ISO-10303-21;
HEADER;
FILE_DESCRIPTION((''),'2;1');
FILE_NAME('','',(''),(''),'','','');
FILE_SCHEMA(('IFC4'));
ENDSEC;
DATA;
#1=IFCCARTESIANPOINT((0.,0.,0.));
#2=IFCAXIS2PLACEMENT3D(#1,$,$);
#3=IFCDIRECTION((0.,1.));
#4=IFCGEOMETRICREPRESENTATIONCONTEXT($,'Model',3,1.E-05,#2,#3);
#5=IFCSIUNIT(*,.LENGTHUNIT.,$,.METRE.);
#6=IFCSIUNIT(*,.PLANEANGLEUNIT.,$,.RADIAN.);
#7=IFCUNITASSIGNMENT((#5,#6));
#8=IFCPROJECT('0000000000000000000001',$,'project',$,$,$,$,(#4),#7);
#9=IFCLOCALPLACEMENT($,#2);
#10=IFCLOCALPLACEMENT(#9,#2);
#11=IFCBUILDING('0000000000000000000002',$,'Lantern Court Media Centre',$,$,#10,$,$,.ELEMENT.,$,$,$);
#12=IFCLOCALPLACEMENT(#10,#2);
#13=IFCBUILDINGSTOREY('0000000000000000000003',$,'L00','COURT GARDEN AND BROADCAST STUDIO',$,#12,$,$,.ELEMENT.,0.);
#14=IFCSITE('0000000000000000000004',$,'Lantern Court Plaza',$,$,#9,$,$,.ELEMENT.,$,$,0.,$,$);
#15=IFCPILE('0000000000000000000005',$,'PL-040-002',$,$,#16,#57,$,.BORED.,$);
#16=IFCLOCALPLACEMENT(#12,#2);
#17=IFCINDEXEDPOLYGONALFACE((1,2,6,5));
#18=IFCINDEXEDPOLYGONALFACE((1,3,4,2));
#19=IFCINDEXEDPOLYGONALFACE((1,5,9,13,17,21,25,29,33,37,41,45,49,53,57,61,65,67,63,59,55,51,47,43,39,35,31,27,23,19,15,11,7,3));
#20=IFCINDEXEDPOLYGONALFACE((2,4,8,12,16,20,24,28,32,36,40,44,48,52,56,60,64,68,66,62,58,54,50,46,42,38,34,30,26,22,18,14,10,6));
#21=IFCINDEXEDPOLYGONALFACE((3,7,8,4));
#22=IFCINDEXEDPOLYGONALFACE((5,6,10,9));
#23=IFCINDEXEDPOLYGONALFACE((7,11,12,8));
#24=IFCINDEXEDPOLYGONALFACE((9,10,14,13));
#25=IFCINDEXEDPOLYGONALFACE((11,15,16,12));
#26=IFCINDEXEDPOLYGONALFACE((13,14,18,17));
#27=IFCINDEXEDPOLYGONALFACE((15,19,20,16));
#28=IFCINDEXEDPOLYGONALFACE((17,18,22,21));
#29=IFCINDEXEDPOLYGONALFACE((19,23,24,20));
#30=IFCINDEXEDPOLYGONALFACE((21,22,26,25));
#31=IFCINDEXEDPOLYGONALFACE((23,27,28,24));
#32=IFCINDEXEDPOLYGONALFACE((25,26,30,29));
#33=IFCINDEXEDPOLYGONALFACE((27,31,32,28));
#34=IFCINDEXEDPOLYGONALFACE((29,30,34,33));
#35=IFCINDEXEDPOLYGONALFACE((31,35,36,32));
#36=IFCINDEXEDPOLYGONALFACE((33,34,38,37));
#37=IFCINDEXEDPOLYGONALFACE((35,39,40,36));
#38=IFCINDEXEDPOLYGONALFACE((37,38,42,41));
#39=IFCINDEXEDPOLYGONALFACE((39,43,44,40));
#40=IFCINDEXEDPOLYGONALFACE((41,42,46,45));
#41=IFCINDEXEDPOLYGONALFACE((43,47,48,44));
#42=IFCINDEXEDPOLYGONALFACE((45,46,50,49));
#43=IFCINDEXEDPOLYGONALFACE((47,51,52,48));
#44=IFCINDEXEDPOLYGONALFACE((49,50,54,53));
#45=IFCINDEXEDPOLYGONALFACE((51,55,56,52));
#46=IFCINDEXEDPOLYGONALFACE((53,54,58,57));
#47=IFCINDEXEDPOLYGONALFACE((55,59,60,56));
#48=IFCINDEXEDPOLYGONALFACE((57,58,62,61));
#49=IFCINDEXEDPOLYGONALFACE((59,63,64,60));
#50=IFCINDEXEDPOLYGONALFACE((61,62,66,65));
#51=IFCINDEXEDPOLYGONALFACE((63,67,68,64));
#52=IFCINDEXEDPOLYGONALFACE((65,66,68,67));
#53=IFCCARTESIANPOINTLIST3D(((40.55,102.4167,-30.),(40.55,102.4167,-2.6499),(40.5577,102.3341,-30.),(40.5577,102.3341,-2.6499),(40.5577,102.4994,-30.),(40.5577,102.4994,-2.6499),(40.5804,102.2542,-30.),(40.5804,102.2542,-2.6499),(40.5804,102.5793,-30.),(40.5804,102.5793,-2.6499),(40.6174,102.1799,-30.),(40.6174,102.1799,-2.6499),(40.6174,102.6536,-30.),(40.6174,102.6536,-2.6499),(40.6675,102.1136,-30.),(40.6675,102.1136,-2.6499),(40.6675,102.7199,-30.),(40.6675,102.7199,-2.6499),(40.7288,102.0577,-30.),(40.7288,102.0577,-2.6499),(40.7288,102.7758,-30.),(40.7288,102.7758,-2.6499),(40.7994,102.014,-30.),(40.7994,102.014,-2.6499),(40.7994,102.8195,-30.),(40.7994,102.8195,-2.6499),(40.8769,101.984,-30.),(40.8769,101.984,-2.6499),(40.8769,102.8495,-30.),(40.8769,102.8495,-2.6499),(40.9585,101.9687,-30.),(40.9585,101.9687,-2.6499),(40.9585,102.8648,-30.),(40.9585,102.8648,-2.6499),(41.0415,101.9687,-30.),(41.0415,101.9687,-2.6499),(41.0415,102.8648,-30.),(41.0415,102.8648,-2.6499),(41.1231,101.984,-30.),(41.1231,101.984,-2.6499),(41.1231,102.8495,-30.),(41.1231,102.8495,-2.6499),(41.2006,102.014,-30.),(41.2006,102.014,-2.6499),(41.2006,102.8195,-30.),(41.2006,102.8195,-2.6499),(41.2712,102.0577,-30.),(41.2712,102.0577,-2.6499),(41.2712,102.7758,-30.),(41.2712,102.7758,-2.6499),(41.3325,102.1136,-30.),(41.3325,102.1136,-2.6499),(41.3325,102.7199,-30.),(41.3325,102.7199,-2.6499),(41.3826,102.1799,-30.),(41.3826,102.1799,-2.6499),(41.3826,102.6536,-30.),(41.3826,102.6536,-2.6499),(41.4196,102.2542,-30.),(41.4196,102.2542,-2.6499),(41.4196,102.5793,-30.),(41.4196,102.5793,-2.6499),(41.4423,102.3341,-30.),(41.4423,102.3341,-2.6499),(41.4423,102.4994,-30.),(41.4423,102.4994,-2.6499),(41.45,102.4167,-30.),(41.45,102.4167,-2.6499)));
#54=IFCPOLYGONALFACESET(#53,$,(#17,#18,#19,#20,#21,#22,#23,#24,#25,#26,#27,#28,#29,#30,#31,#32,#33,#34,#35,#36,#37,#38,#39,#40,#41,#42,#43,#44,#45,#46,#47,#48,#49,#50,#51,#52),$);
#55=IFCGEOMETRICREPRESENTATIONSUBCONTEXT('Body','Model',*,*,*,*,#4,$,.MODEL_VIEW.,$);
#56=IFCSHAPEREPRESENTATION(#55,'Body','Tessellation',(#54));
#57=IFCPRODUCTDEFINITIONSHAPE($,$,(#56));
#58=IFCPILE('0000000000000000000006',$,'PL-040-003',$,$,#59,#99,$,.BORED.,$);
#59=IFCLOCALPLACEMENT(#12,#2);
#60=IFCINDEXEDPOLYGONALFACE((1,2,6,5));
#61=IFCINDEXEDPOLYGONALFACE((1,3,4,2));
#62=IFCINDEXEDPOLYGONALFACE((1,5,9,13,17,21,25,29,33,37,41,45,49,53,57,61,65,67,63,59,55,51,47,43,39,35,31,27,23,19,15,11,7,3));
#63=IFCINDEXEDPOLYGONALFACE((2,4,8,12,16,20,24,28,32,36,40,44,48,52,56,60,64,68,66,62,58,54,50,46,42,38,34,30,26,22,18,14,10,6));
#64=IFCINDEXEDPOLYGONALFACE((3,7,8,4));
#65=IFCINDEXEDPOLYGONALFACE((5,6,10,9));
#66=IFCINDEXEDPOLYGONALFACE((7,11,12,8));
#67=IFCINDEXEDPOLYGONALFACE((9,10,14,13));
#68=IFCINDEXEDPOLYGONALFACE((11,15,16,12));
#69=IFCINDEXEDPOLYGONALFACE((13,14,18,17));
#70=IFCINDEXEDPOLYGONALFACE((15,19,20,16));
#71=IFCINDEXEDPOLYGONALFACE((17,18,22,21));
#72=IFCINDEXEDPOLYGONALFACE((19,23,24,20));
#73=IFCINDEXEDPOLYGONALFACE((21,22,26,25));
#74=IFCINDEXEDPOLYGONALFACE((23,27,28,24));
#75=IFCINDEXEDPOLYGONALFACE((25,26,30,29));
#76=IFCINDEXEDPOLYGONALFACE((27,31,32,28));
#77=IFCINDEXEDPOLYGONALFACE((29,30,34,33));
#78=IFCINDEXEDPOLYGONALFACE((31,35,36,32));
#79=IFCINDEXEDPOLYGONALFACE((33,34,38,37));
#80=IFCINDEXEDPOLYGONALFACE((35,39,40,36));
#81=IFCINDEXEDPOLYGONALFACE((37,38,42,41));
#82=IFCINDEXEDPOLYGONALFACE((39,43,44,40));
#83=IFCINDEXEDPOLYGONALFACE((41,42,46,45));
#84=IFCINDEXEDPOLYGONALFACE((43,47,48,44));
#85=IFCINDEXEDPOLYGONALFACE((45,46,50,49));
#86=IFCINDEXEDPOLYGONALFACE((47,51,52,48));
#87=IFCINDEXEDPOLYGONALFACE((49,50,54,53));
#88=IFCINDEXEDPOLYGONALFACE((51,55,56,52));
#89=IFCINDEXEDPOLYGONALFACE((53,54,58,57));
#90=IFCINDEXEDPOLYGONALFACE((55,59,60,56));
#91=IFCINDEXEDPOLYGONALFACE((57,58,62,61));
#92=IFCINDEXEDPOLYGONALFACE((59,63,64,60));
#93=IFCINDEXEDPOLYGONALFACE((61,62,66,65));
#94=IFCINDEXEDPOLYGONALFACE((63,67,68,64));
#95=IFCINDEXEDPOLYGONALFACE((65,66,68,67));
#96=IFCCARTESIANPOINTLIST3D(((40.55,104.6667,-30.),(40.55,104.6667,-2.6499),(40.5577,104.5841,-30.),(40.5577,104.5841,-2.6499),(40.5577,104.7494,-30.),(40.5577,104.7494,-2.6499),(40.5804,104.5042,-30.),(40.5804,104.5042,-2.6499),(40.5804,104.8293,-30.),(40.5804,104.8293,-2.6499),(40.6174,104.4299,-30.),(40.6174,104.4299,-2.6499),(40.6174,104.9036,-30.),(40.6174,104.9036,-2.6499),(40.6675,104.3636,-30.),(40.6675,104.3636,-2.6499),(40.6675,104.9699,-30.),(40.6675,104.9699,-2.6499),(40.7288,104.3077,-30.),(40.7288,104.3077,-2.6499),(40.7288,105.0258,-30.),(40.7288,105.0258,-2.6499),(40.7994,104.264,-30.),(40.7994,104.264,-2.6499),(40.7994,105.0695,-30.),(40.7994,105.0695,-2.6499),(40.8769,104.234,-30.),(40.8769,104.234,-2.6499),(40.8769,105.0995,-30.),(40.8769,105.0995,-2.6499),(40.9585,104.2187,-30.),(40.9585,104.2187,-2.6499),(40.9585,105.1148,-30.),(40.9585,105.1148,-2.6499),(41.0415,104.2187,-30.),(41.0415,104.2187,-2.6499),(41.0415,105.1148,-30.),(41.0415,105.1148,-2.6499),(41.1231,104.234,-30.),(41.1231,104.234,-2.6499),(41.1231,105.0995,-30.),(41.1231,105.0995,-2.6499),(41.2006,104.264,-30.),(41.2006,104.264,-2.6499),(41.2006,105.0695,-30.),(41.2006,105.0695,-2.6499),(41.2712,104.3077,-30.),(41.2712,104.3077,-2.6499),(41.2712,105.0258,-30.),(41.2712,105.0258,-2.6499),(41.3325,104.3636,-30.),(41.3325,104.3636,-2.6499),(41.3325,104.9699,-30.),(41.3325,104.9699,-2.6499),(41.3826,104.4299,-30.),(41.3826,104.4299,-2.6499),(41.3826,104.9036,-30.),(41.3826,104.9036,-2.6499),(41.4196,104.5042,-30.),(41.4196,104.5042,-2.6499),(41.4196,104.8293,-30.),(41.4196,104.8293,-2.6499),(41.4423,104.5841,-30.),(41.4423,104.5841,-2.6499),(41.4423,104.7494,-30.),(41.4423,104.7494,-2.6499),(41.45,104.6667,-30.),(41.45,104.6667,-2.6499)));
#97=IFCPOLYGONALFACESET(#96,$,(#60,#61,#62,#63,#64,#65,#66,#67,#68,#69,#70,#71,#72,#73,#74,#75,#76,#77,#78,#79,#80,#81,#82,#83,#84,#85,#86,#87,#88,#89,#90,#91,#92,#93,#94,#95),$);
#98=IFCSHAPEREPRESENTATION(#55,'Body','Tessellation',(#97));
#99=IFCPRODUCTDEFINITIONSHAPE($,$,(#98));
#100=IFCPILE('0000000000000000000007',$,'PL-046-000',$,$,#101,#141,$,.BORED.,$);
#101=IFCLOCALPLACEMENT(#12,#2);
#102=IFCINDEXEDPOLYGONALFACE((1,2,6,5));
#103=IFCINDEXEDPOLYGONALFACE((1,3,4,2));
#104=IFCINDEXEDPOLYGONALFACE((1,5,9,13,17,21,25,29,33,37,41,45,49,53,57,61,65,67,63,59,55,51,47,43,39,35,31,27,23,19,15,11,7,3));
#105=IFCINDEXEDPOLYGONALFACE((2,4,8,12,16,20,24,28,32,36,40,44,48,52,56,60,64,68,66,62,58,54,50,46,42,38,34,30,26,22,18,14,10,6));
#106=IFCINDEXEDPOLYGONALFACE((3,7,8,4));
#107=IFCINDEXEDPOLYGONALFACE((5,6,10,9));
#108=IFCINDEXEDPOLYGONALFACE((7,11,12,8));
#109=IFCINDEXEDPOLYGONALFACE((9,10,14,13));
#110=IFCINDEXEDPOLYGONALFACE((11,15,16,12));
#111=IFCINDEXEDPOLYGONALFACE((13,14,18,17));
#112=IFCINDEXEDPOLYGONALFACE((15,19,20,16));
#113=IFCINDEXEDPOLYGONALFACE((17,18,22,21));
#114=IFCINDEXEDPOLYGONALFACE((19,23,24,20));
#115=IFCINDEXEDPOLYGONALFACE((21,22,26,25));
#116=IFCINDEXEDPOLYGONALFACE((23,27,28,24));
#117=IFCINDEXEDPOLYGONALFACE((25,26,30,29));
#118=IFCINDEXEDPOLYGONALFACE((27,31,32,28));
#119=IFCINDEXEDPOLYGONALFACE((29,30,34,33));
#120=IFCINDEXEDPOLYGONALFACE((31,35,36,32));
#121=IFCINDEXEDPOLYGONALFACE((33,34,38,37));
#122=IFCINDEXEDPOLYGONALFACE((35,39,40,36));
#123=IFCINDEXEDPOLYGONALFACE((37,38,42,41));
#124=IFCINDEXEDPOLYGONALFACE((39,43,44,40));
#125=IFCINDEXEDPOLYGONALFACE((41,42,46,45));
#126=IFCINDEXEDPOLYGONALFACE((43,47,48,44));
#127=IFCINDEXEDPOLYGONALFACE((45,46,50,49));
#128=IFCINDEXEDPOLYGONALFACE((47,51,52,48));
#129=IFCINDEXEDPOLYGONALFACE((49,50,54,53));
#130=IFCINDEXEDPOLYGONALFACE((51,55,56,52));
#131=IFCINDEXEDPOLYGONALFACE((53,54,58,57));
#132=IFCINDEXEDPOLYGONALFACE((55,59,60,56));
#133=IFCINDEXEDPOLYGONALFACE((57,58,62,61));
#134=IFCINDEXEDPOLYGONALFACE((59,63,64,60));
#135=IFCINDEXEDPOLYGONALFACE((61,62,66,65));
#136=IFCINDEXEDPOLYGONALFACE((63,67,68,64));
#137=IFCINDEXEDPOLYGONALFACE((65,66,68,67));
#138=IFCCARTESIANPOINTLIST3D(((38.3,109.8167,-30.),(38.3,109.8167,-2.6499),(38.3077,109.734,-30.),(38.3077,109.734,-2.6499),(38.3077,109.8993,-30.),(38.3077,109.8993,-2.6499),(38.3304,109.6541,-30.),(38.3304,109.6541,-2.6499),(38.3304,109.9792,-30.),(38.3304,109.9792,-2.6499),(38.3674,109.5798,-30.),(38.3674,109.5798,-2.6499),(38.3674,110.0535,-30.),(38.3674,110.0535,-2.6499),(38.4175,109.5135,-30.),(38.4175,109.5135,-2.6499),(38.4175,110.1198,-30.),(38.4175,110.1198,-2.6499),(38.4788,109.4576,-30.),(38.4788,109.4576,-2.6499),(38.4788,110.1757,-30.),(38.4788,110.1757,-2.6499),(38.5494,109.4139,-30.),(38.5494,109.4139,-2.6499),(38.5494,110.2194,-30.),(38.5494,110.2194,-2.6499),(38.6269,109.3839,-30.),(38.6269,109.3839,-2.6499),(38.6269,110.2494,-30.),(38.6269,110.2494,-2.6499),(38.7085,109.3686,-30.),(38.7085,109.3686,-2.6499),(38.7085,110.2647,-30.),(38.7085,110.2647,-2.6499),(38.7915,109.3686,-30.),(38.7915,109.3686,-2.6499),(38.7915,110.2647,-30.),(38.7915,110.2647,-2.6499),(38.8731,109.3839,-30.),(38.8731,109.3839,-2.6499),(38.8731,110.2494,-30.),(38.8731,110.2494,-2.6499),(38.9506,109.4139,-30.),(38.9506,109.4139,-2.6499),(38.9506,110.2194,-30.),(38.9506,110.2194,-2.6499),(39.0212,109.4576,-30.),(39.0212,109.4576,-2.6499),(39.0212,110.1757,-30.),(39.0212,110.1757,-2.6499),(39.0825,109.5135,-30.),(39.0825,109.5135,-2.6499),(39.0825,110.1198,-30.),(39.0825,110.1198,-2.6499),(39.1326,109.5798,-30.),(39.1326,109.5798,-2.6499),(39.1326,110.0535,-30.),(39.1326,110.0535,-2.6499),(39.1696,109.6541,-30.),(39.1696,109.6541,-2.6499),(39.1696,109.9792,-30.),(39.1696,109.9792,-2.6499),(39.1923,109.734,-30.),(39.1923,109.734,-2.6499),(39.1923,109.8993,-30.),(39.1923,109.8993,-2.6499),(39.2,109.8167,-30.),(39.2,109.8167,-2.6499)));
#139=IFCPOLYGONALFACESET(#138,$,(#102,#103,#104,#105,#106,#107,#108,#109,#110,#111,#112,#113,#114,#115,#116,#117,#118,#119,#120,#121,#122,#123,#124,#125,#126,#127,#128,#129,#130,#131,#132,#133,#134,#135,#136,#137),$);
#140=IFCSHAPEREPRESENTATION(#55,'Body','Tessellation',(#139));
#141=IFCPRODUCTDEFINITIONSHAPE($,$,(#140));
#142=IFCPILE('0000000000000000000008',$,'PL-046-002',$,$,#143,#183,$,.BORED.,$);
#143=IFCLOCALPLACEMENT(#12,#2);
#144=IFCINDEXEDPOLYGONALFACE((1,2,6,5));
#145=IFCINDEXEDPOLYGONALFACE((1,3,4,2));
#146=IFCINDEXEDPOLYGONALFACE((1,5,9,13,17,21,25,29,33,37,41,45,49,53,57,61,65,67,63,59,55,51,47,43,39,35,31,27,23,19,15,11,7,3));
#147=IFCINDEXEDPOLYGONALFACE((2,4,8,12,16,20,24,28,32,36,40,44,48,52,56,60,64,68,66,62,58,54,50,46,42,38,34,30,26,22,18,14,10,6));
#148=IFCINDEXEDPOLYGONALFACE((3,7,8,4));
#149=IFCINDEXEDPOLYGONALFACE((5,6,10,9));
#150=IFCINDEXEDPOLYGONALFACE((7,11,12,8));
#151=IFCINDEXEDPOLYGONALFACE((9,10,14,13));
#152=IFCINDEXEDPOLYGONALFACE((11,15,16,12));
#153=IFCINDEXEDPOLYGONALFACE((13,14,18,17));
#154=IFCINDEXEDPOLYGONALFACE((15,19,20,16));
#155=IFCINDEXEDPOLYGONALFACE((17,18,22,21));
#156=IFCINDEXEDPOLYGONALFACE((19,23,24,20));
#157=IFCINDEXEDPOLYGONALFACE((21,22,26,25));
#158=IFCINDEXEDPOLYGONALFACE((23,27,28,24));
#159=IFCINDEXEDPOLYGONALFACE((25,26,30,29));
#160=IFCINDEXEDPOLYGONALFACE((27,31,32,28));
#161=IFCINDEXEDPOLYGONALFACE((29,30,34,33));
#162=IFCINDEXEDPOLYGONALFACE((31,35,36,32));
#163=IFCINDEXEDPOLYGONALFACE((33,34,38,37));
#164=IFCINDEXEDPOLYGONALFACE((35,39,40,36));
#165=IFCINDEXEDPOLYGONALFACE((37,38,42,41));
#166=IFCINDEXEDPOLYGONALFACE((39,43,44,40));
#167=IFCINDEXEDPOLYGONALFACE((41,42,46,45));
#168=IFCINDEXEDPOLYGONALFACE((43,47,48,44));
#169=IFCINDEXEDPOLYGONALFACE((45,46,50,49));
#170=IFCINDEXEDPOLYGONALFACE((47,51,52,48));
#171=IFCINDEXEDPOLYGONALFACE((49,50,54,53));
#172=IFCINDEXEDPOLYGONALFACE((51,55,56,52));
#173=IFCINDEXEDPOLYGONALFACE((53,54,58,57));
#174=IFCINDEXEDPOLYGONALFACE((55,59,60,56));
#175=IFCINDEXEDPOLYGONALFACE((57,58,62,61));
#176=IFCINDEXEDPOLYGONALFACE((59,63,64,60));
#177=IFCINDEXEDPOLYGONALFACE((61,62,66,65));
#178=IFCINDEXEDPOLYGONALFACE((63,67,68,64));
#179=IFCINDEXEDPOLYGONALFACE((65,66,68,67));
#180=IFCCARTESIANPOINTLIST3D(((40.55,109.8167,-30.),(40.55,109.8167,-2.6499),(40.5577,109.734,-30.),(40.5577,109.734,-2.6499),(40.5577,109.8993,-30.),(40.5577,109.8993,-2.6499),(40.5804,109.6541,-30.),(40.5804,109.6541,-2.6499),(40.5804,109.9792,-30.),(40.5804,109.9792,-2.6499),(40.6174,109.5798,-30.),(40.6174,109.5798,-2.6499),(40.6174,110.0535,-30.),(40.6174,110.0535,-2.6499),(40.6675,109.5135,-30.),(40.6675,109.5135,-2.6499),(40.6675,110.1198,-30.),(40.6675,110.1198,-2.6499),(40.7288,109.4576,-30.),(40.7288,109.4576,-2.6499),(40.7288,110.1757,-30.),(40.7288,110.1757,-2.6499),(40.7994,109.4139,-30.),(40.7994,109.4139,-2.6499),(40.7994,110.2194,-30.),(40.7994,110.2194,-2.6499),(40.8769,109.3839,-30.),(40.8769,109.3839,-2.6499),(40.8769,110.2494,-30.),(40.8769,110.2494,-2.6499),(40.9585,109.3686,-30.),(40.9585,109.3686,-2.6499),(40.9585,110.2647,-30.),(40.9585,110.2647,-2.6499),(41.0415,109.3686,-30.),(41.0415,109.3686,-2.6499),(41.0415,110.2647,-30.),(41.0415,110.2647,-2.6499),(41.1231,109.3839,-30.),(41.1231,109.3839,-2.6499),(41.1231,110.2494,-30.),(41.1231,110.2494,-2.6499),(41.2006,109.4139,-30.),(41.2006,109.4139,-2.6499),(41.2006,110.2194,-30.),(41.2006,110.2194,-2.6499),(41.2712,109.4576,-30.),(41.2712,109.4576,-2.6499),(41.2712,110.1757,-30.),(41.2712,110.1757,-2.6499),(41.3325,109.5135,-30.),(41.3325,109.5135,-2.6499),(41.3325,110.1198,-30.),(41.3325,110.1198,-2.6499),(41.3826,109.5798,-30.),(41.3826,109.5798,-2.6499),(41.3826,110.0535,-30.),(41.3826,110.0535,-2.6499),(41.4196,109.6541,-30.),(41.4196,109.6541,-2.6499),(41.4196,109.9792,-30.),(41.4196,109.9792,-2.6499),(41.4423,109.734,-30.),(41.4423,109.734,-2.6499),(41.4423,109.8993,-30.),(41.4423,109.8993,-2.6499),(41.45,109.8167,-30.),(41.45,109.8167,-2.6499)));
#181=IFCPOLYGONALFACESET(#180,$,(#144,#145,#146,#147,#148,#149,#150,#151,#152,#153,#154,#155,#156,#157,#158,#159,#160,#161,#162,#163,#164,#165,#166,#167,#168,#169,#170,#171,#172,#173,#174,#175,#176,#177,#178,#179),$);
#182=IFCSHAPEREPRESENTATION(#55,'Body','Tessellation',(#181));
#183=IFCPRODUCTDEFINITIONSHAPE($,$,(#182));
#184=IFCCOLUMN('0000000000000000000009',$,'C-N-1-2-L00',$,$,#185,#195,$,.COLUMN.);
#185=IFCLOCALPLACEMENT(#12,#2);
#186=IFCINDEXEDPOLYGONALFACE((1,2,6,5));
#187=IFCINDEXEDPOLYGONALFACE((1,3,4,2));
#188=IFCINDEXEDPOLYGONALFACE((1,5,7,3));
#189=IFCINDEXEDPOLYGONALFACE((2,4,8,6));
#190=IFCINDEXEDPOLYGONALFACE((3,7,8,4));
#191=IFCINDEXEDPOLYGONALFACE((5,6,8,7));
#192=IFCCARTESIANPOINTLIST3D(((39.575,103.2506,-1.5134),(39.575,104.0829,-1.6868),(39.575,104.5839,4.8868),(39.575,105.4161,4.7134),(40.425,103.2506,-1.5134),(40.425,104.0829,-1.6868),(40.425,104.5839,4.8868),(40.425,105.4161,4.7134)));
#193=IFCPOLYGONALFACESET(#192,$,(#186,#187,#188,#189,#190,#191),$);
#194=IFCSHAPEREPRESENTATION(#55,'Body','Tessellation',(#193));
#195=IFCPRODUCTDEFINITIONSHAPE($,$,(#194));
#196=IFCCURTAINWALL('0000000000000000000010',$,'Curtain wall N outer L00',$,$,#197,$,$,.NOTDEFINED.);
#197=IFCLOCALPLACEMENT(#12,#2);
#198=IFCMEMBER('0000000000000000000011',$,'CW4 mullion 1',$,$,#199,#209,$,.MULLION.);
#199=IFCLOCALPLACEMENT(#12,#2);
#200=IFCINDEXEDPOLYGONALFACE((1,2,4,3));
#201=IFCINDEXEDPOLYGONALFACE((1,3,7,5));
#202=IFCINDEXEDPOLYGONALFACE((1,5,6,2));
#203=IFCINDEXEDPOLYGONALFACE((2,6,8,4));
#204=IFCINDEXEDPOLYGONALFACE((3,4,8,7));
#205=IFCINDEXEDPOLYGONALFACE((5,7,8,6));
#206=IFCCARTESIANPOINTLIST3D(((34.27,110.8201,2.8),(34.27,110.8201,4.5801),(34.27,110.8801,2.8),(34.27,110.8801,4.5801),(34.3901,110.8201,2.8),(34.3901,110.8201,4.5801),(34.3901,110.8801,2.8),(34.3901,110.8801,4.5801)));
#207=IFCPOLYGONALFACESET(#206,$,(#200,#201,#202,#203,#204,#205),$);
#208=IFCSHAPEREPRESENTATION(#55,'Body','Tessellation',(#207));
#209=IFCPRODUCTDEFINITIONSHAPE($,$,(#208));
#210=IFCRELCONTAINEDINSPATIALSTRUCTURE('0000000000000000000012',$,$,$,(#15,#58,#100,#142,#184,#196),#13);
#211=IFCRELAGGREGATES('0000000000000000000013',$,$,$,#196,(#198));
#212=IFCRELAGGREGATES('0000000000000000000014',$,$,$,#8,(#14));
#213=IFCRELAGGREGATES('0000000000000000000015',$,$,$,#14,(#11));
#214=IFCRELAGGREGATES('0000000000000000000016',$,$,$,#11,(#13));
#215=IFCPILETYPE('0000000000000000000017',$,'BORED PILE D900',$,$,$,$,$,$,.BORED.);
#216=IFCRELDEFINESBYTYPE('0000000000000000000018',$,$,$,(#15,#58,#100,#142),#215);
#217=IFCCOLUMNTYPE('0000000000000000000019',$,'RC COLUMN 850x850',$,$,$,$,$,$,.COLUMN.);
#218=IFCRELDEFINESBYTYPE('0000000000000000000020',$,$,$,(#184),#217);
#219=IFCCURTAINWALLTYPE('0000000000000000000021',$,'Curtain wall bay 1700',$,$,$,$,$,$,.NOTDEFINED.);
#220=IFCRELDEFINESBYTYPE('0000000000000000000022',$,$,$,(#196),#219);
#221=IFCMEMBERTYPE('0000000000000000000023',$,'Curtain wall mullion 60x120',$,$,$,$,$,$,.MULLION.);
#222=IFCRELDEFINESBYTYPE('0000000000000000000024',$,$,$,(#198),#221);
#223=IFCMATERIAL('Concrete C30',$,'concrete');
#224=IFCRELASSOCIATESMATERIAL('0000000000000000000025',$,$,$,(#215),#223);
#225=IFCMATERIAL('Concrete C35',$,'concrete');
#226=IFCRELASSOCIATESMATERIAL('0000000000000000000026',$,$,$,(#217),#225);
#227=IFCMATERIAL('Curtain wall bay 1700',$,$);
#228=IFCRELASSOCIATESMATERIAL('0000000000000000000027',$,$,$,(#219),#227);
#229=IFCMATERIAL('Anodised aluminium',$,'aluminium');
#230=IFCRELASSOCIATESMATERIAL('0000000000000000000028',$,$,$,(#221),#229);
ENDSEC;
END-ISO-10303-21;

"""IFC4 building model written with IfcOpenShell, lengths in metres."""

from ifc_helpers import new_model, si_unit, direction, frame, origin, origin_2d, place, context, subcontext, project, spatial, rectangle, circle, extrude, material, material_profile, profile_set, type_object, element, aggregate, save


model = new_model("IFC4")

# Units and contexts
model_context = context("Model", 3, precision=1e-05, world=origin(), true_north=direction((0.0, 1.0)))
body_context = subcontext(model_context, "Body", "Model", "MODEL_VIEW")
ifc_project = project(units=[si_unit("LENGTHUNIT", "METRE"), si_unit("PLANEANGLEUNIT", "RADIAN")], contexts=[model_context])

# Site, building, storey
site_placement = place(None, origin())
site = spatial("IfcSite", under=ifc_project, at=site_placement, Name="Lantern Court Plaza", CompositionType="ELEMENT", RefElevation=0.0)
building_placement = place(site_placement, origin())
building = spatial("IfcBuilding", under=site, at=building_placement, Name="Lantern Court Media Centre", CompositionType="ELEMENT")
storey_placement = place(building_placement, origin())
storey = spatial("IfcBuildingStorey", under=building, at=storey_placement, Name="L00", Description="COURT GARDEN AND BROADCAST STUDIO", CompositionType="ELEMENT", Elevation=0.0)

# Piles
ifc_material_1 = material(Name="Concrete C30", Category="concrete")
ifc_material_profile_1 = material_profile(ifc_material_1, circle(Radius=0.45, at=origin_2d()), Name="D900")
ifc_profile_set_1 = profile_set([ifc_material_profile_1], Name="Concrete C30")
pile_type = type_object("IfcPileType", Name="BORED PILE D900", PredefinedType="BORED", material=ifc_profile_set_1)
for number, where, z_axis, x_axis, name in (
    (1, (41.0, 102.4167, -2.6499), (0.0, 0.0, -1.0), (1.0, 0.0, 0.0), "PL-040-002"),
    (2, (41.0, 104.6667, -2.6499), (0.0, 0.0, -1.0), (1.0, 0.0, 0.0), "PL-040-003"),
    (3, (38.75, 109.8167, -2.6499), (0.0, 0.0, -1.0), (1.0, 0.0, 0.0), "PL-046-000"),
    (4, (41.0, 109.8167, -2.6499), (0.0, 0.0, -1.0), (1.0, 0.0, 0.0), "PL-046-002"),
):
    element("IfcPile", number, at=place(storey_placement, frame(where, z_axis=z_axis, x_axis=x_axis)), inside=storey, type_object=pile_type, Name=name, PredefinedType="BORED", context=body_context, shape_type="SweptSolid", body=[
        extrude(circle(Radius=0.45, at=origin_2d()), origin(), (0.0, 0.0, 1.0), 27.3501),
    ])

# Column
ifc_material_2 = material(Name="Concrete C35", Category="concrete")
ifc_material_profile_2 = material_profile(ifc_material_2, rectangle(XDim=0.8501, YDim=0.8501, at=origin_2d()), Name="RC 850x850")
ifc_profile_set_2 = profile_set([ifc_material_profile_2], Name="Concrete C35")
column_type = type_object("IfcColumnType", Name="RC COLUMN 850x850", PredefinedType="COLUMN", material=ifc_profile_set_2)
column_placement = place(storey_placement, frame((40.0, 103.6667, -1.6001), z_axis=(0.0, 0.203938, 0.978984), x_axis=(-1.0, 0.0, 0.0)))
element("IfcColumn", 5, at=column_placement, inside=storey, type_object=column_type, Name="C-N-1-2-L00", PredefinedType="COLUMN", context=body_context, shape_type="SweptSolid", body=[
    extrude(rectangle(XDim=0.8501, YDim=0.8501, at=origin_2d()), origin(), (0.0, 0.0, 1.0), 6.5376),
])

# Curtain wall, member
ifc_material_3 = material(Name="Curtain wall bay 1700")
curtain_wall_type_1 = type_object("IfcCurtainWallType", Name="Curtain wall bay 1700", PredefinedType="NOTDEFINED", material=ifc_material_3)
curtain_wall_1_placement = place(storey_placement, origin())
curtain_wall_1 = element("IfcCurtainWall", 6, at=curtain_wall_1_placement, inside=storey, type_object=curtain_wall_type_1, Name="Curtain wall N outer L00", PredefinedType="NOTDEFINED")
ifc_material_4 = material(Name="Anodised aluminium", Category="aluminium")
ifc_material_profile_3 = material_profile(ifc_material_4, rectangle(XDim=0.0601, YDim=0.1201, at=origin_2d()), Name="AL 60x120")
ifc_profile_set_3 = profile_set([ifc_material_profile_3], Name="Anodised aluminium")
member_type_1 = type_object("IfcMemberType", Name="Curtain wall mullion 60x120", PredefinedType="MULLION", material=ifc_profile_set_3)
member_1_placement = place(storey_placement, frame((34.3301, 110.8501, 2.8), z_axis=(0.0, 0.0, 1.0), x_axis=(0.0, 1.0, 0.0)))
member_1 = element("IfcMember", 7, at=member_1_placement, type_object=member_type_1, Name="CW4 mullion 1", PredefinedType="MULLION", context=body_context, shape_type="SweptSolid", body=[
    extrude(rectangle(XDim=0.0601, YDim=0.1201, at=origin_2d()), origin(), (0.0, 0.0, 1.0), 1.78),
])

aggregate(curtain_wall_1, [member_1])

save(model, "model.ifc")
